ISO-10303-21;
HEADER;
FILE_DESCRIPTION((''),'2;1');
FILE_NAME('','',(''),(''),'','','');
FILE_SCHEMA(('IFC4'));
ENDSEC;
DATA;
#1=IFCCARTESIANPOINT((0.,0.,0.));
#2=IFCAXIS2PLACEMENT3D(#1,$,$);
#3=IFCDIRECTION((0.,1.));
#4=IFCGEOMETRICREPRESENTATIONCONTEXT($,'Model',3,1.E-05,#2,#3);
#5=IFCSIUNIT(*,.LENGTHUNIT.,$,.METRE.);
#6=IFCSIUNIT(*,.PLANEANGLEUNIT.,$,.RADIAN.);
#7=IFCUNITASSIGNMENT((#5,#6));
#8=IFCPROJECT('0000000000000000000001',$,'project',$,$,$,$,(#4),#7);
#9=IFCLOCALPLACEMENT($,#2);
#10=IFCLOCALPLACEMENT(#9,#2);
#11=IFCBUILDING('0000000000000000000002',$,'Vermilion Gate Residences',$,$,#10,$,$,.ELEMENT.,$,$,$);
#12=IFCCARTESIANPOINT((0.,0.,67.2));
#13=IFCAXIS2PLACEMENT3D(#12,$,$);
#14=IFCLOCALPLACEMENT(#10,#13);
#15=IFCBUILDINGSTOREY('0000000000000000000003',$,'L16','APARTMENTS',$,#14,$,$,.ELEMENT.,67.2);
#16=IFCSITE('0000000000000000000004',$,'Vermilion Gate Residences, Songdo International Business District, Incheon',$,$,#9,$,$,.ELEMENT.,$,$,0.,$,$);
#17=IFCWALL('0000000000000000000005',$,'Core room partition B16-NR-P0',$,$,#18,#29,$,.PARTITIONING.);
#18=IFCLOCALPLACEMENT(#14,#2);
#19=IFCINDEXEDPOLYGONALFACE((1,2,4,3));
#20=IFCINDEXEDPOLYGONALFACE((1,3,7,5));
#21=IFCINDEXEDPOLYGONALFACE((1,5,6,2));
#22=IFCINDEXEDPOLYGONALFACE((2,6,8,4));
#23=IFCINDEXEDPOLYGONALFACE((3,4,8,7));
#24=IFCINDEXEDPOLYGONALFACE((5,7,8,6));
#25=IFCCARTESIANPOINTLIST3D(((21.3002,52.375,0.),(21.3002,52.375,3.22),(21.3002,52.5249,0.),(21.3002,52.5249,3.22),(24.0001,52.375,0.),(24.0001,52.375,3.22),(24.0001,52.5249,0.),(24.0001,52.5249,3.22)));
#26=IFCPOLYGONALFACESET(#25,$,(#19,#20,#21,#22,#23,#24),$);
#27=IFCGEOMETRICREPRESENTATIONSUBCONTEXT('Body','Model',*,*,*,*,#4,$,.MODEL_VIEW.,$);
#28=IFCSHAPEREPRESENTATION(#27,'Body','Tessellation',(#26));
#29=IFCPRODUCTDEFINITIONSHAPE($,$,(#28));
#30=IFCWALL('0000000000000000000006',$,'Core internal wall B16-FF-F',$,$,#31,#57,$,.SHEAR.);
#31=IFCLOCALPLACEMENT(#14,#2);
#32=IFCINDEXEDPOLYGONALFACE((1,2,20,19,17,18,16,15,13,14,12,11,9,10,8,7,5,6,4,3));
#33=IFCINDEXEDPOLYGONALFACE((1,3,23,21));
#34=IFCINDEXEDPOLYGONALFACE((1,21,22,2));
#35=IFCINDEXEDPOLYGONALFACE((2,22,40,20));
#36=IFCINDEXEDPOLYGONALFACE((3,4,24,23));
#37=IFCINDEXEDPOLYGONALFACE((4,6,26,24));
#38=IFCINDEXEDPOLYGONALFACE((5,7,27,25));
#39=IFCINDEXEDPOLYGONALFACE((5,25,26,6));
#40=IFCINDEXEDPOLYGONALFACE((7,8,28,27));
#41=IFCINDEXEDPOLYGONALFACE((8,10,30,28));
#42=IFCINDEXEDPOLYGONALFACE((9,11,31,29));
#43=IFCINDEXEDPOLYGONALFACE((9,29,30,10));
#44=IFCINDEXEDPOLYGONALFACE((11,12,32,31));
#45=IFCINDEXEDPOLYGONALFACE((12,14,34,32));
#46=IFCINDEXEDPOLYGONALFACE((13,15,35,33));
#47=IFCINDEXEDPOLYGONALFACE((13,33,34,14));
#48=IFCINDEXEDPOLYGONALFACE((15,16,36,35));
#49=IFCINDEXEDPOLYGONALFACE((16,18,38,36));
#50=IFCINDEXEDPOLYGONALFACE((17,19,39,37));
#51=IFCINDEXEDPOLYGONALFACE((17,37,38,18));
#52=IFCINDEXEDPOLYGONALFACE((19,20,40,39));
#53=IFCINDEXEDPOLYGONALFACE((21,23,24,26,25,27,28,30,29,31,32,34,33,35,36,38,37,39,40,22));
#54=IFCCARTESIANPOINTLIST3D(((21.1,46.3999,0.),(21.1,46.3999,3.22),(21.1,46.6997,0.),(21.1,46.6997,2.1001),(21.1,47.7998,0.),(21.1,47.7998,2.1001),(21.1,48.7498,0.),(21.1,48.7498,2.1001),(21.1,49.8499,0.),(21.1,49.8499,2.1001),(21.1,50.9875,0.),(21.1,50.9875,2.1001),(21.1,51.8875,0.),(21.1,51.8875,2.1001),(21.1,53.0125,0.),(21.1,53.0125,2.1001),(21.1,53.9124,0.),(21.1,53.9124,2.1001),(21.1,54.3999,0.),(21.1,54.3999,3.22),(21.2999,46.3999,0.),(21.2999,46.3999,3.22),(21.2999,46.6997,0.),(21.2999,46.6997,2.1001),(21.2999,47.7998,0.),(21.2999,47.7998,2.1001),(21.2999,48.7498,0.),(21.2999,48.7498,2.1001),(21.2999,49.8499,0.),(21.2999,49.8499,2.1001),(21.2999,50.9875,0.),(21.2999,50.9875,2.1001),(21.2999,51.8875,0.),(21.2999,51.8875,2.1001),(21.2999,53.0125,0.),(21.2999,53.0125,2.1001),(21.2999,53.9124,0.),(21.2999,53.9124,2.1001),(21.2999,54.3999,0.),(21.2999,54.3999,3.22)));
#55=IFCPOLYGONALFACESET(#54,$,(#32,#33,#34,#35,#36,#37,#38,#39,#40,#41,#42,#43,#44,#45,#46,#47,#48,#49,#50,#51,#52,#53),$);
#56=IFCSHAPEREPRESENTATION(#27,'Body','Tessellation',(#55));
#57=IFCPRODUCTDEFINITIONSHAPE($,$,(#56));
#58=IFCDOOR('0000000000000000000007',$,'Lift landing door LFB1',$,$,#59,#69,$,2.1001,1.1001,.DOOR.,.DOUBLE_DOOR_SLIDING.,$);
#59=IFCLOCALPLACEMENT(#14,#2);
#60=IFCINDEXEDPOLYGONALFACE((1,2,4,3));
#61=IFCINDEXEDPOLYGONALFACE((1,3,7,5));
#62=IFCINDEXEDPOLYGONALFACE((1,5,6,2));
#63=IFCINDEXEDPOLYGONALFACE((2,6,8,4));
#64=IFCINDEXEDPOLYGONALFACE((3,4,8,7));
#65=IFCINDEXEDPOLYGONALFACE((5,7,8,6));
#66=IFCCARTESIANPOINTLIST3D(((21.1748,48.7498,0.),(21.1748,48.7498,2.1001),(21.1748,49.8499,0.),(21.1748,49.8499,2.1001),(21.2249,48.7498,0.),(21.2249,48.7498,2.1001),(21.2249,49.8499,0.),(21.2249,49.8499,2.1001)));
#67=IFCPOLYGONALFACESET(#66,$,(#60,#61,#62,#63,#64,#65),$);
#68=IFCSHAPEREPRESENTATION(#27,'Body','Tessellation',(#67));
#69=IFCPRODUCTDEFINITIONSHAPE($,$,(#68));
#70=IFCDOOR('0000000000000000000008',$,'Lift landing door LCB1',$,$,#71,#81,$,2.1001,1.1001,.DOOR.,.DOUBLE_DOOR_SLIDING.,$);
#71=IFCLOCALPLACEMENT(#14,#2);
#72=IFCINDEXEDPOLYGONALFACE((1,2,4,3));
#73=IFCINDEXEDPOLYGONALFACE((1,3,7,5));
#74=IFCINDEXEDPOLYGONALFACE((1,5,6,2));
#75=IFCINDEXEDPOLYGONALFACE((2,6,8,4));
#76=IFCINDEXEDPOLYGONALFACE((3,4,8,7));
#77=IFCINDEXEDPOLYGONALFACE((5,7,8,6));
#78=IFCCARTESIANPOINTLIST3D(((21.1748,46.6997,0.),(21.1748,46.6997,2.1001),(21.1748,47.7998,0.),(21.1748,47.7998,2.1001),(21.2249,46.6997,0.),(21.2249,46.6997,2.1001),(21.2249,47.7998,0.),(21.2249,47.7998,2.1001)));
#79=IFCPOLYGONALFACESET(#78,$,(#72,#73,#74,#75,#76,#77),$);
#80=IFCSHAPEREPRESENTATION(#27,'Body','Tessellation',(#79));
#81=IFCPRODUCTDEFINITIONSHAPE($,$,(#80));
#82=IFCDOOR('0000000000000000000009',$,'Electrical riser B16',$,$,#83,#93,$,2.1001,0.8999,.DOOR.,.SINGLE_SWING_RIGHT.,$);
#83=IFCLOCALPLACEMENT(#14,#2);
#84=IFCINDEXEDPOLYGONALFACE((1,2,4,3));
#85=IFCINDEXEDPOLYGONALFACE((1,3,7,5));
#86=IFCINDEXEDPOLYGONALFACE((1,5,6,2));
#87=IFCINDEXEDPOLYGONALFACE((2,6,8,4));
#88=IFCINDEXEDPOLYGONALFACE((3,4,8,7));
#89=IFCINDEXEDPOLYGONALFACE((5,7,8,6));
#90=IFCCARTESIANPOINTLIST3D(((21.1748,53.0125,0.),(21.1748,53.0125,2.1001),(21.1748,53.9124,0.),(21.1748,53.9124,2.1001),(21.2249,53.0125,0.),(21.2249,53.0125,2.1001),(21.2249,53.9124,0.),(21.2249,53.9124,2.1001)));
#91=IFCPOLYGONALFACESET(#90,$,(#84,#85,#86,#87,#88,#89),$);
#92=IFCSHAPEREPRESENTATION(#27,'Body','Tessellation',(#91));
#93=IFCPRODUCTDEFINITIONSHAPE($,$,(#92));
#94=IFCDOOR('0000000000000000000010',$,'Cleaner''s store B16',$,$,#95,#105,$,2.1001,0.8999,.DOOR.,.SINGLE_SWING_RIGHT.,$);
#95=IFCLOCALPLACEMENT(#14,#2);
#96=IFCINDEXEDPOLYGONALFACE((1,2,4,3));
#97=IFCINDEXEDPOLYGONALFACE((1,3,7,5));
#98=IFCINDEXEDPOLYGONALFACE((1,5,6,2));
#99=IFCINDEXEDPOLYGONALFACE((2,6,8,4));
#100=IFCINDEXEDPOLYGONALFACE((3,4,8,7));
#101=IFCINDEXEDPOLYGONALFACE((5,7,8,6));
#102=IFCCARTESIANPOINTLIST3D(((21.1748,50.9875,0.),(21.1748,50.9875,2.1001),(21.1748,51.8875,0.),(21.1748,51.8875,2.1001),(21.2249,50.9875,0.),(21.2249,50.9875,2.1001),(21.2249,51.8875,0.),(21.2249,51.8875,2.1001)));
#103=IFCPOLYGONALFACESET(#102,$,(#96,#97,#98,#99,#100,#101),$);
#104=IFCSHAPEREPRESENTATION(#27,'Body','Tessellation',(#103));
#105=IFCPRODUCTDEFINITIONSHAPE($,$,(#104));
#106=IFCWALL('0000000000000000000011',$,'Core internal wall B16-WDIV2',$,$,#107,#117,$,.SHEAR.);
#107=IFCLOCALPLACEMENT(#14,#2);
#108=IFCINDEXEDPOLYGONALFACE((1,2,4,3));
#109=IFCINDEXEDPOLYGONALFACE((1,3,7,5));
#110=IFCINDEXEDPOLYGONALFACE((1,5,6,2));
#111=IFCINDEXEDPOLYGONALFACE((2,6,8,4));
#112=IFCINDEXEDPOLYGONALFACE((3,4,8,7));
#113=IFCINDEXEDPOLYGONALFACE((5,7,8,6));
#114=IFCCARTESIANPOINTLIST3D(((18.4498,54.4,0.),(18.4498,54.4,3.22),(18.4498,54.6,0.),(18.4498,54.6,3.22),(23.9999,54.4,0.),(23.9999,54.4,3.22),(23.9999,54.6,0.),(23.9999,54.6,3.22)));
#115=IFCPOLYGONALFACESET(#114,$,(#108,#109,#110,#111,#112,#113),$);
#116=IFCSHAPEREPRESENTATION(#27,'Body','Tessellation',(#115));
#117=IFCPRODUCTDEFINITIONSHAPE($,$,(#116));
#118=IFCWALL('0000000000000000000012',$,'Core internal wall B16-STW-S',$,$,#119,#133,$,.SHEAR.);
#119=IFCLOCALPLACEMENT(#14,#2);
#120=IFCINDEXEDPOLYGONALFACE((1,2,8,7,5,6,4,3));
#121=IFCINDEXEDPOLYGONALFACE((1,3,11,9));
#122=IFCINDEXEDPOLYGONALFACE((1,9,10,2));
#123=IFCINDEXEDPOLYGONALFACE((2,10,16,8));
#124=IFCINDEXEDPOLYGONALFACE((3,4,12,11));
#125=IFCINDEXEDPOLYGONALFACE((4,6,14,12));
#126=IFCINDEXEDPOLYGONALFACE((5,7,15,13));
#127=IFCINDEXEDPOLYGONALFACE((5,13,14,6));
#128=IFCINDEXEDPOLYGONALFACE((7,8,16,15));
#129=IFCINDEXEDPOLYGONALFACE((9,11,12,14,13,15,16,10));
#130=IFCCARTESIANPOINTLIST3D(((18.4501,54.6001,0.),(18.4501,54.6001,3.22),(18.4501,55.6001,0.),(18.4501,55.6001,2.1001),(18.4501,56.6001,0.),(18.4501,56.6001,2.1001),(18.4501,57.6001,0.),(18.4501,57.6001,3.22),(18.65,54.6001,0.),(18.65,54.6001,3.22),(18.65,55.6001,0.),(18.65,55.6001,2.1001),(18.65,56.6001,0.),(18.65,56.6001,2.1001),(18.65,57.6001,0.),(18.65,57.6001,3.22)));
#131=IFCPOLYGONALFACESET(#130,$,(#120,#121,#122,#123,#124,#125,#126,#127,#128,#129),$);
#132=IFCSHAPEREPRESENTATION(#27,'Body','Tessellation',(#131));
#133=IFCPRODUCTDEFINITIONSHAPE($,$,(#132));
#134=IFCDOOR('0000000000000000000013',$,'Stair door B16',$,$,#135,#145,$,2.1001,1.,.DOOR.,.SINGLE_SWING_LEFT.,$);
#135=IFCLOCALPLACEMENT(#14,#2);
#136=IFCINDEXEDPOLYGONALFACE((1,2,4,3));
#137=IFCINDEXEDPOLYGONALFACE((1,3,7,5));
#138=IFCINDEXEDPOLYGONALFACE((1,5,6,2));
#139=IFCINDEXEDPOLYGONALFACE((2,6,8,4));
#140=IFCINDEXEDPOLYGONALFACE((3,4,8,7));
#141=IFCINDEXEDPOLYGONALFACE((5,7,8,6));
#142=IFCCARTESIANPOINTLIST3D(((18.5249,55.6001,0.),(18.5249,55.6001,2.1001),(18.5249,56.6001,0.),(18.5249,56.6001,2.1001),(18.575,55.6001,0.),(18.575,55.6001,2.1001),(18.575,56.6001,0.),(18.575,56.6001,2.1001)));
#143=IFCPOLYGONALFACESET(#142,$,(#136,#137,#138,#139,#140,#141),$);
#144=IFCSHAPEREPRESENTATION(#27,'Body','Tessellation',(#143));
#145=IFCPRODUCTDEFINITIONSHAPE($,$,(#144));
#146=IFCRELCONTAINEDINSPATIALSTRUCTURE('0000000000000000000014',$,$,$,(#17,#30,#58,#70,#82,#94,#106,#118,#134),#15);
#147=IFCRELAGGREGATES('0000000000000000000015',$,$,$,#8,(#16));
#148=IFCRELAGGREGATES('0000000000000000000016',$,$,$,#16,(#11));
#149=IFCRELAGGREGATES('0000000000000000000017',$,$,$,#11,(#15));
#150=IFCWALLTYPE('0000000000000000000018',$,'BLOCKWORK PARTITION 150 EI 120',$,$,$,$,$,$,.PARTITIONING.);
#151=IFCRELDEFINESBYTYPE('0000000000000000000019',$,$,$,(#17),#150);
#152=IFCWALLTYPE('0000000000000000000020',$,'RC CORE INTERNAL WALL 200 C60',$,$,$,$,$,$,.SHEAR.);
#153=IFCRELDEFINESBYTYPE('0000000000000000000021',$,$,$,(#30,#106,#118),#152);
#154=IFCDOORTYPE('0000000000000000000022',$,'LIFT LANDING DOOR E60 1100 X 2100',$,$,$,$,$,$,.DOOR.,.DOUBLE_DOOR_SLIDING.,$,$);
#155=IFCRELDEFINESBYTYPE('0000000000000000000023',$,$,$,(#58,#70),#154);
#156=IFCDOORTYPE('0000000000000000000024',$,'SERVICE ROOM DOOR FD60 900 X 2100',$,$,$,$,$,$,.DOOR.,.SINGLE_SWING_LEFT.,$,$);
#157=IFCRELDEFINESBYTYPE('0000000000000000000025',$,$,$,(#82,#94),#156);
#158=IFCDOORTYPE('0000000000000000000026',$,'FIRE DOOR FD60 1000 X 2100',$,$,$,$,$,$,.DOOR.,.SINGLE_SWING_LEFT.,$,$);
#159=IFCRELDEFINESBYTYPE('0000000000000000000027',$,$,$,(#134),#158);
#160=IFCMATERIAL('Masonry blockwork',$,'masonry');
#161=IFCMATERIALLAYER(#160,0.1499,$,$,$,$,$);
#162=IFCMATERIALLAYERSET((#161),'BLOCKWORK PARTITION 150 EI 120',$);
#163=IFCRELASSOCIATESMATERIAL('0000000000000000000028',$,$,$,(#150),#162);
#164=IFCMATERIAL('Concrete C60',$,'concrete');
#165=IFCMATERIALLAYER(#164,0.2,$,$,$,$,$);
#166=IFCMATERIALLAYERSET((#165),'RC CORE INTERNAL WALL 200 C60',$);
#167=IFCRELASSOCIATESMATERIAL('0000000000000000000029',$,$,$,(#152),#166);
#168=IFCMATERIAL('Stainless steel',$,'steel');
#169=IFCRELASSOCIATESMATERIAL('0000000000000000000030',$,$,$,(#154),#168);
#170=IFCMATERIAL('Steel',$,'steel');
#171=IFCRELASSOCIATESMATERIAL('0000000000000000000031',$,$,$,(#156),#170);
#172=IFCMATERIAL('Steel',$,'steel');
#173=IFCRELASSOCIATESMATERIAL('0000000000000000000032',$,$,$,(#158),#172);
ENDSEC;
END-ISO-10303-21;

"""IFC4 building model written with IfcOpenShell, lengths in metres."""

from ifc_helpers import new_model, si_unit, direction, frame, frame_2d, origin, place, context, subcontext, project, spatial, rectangle, extrude, material, layer, layer_set, type_object, element, fill, save


model = new_model("IFC4")

# Units and contexts
model_context = context("Model", 3, precision=1e-05, world=origin(), true_north=direction((0.0, 1.0)))
body_context = subcontext(model_context, "Body", "Model", "MODEL_VIEW")
ifc_project = project(units=[si_unit("LENGTHUNIT", "METRE"), si_unit("PLANEANGLEUNIT", "RADIAN")], contexts=[model_context])

# Site, building, storey
site_placement = place(None, origin())
site = spatial("IfcSite", under=ifc_project, at=site_placement, Name="Vermilion Gate Residences, Songdo International Business District, Incheon", CompositionType="ELEMENT", RefElevation=0.0)
building_placement = place(site_placement, origin())
building = spatial("IfcBuilding", under=site, at=building_placement, Name="Vermilion Gate Residences", CompositionType="ELEMENT")
storey_placement = place(building_placement, frame((0.0, 0.0, 67.2)))
storey = spatial("IfcBuildingStorey", under=building, at=storey_placement, Name="L16", Description="APARTMENTS", CompositionType="ELEMENT", Elevation=67.2)

# Wall
ifc_material_1 = material(Name="Masonry blockwork", Category="masonry")
ifc_layer_1 = layer(ifc_material_1, 0.1499)
ifc_layer_set_1 = layer_set([ifc_layer_1], Name="BLOCKWORK PARTITION 150 EI 120")
wall_type_1 = type_object("IfcWallType", Name="BLOCKWORK PARTITION 150 EI 120", PredefinedType="PARTITIONING", material=ifc_layer_set_1)
wall_1_placement = place(storey_placement, frame((21.3, 52.45, 0.0), z_axis=(0.0, 0.0, 1.0), x_axis=(1.0, 0.0, 0.0)))
element("IfcWall", 1, at=wall_1_placement, inside=storey, type_object=wall_type_1, Name="Core room partition B16-NR-P0", PredefinedType="PARTITIONING", context=body_context, shape_type="SweptSolid", body=[
    extrude(rectangle(XDim=2.7, YDim=0.1499, at=frame_2d((1.3501, 0.0))), origin(), (0.0, 0.0, 1.0), 3.22),
])

# Wall, openings, doors
ifc_material_2 = material(Name="Concrete C60", Category="concrete")
ifc_layer_2 = layer(ifc_material_2, 0.2)
ifc_layer_set_2 = layer_set([ifc_layer_2], Name="RC CORE INTERNAL WALL 200 C60")
wall_type_2 = type_object("IfcWallType", Name="RC CORE INTERNAL WALL 200 C60", PredefinedType="SHEAR", material=ifc_layer_set_2)
wall_2_placement = place(storey_placement, frame((21.2, 54.3999, 0.0), z_axis=(0.0, 0.0, 1.0), x_axis=(0.0, -1.0, 0.0)))
wall_2 = element("IfcWall", 2, at=wall_2_placement, inside=storey, type_object=wall_type_2, Name="Core internal wall B16-FF-F", PredefinedType="SHEAR", context=body_context, shape_type="SweptSolid", body=[
    extrude(rectangle(XDim=8.0, YDim=0.2, at=frame_2d((4.0, 0.0))), origin(), (0.0, 0.0, 1.0), 3.22),
])
opening_1_placement = place(wall_2_placement, frame((0.4875, 0.0, 0.0)))
opening_1 = element("IfcOpeningElement", 3, at=opening_1_placement, cuts=wall_2, PredefinedType="OPENING", context=body_context, shape_type="SweptSolid", body=[
    extrude(rectangle(XDim=0.8999, YDim=2.1001, at=frame_2d((0.45, 1.05))), frame((0.0, 0.1099, 0.0), z_axis=(0.0, -1.0, 0.0), x_axis=(1.0, 0.0, 0.0)), (0.0, 0.0, 1.0), 0.22),
])
opening_2_placement = place(wall_2_placement, frame((2.5125, 0.0, 0.0)))
opening_2 = element("IfcOpeningElement", 4, at=opening_2_placement, cuts=wall_2, PredefinedType="OPENING", context=body_context, shape_type="SweptSolid", body=[
    extrude(rectangle(XDim=0.8999, YDim=2.1001, at=frame_2d((0.45, 1.05))), frame((0.0, 0.1099, 0.0), z_axis=(0.0, -1.0, 0.0), x_axis=(1.0, 0.0, 0.0)), (0.0, 0.0, 1.0), 0.22),
])
opening_3_placement = place(wall_2_placement, frame((4.55, 0.0, 0.0)))
opening_3 = element("IfcOpeningElement", 5, at=opening_3_placement, cuts=wall_2, PredefinedType="OPENING", context=body_context, shape_type="SweptSolid", body=[
    extrude(rectangle(XDim=1.1001, YDim=2.1001, at=frame_2d((0.55, 1.05))), frame((0.0, 0.1099, 0.0), z_axis=(0.0, -1.0, 0.0), x_axis=(1.0, 0.0, 0.0)), (0.0, 0.0, 1.0), 0.22),
])
opening_4_placement = place(wall_2_placement, frame((6.6001, 0.0, 0.0)))
opening_4 = element("IfcOpeningElement", 6, at=opening_4_placement, cuts=wall_2, PredefinedType="OPENING", context=body_context, shape_type="SweptSolid", body=[
    extrude(rectangle(XDim=1.1001, YDim=2.1001, at=frame_2d((0.55, 1.05))), frame((0.0, 0.1099, 0.0), z_axis=(0.0, -1.0, 0.0), x_axis=(1.0, 0.0, 0.0)), (0.0, 0.0, 1.0), 0.22),
])
ifc_material_3 = material(Name="Stainless steel", Category="steel")
door_type_1 = type_object("IfcDoorType", Name="LIFT LANDING DOOR E60 1100 X 2100", OperationType="DOUBLE_DOOR_SLIDING", PredefinedType="DOOR", material=ifc_material_3)
door_1_placement = place(opening_3_placement, origin())
door_1 = element("IfcDoor", 7, at=door_1_placement, inside=storey, type_object=door_type_1, Name="Lift landing door LFB1", OperationType="DOUBLE_DOOR_SLIDING", OverallHeight=2.1001, OverallWidth=1.1001, PredefinedType="DOOR", context=body_context, shape_type="SweptSolid", body=[
    extrude(rectangle(XDim=1.1001, YDim=2.1001, at=frame_2d((0.55, 1.05))), frame((0.0, 0.0249, 0.0), z_axis=(0.0, -1.0, 0.0), x_axis=(1.0, 0.0, 0.0)), (0.0, 0.0, 1.0), 0.05),
])
fill(opening_3, door_1)
door_2_placement = place(opening_4_placement, origin())
door_2 = element("IfcDoor", 8, at=door_2_placement, inside=storey, type_object=door_type_1, Name="Lift landing door LCB1", OperationType="DOUBLE_DOOR_SLIDING", OverallHeight=2.1001, OverallWidth=1.1001, PredefinedType="DOOR", context=body_context, shape_type="SweptSolid", body=[
    extrude(rectangle(XDim=1.1001, YDim=2.1001, at=frame_2d((0.55, 1.05))), frame((0.0, 0.0249, 0.0), z_axis=(0.0, -1.0, 0.0), x_axis=(1.0, 0.0, 0.0)), (0.0, 0.0, 1.0), 0.05),
])
fill(opening_4, door_2)
ifc_material_4 = material(Name="Steel", Category="steel")
door_type_2 = type_object("IfcDoorType", Name="SERVICE ROOM DOOR FD60 900 X 2100", OperationType="SINGLE_SWING_LEFT", PredefinedType="DOOR", material=ifc_material_4)
door_3_placement = place(opening_1_placement, origin())
door_3 = element("IfcDoor", 9, at=door_3_placement, inside=storey, type_object=door_type_2, Name="Electrical riser B16", OperationType="SINGLE_SWING_RIGHT", OverallHeight=2.1001, OverallWidth=0.8999, PredefinedType="DOOR", context=body_context, shape_type="SweptSolid", body=[
    extrude(rectangle(XDim=0.8999, YDim=2.1001, at=frame_2d((0.45, 1.05))), frame((0.0, 0.0249, 0.0), z_axis=(0.0, -1.0, 0.0), x_axis=(1.0, 0.0, 0.0)), (0.0, 0.0, 1.0), 0.05),
])
fill(opening_1, door_3)
door_4_placement = place(opening_2_placement, origin())
door_4 = element("IfcDoor", 10, at=door_4_placement, inside=storey, type_object=door_type_2, Name="Cleaner's store B16", OperationType="SINGLE_SWING_RIGHT", OverallHeight=2.1001, OverallWidth=0.8999, PredefinedType="DOOR", context=body_context, shape_type="SweptSolid", body=[
    extrude(rectangle(XDim=0.8999, YDim=2.1001, at=frame_2d((0.45, 1.05))), frame((0.0, 0.0249, 0.0), z_axis=(0.0, -1.0, 0.0), x_axis=(1.0, 0.0, 0.0)), (0.0, 0.0, 1.0), 0.05),
])
fill(opening_2, door_4)

# Wall
wall_3_placement = place(storey_placement, frame((18.45, 54.5, 0.0), z_axis=(0.0, 0.0, 1.0), x_axis=(1.0, 0.0, 0.0)))
element("IfcWall", 11, at=wall_3_placement, inside=storey, type_object=wall_type_2, Name="Core internal wall B16-WDIV2", PredefinedType="SHEAR", context=body_context, shape_type="SweptSolid", body=[
    extrude(rectangle(XDim=5.55, YDim=0.2, at=frame_2d((2.7749, 0.0))), origin(), (0.0, 0.0, 1.0), 3.22),
])

# Wall, opening, door
wall_4_placement = place(storey_placement, frame((18.55, 57.6001, 0.0), z_axis=(0.0, 0.0, 1.0), x_axis=(0.0, -1.0, 0.0)))
wall_4 = element("IfcWall", 12, at=wall_4_placement, inside=storey, type_object=wall_type_2, Name="Core internal wall B16-STW-S", PredefinedType="SHEAR", context=body_context, shape_type="SweptSolid", body=[
    extrude(rectangle(XDim=3.0, YDim=0.2, at=frame_2d((1.5, 0.0))), origin(), (0.0, 0.0, 1.0), 3.22),
])
opening_5_placement = place(wall_4_placement, frame((1.0, 0.0, 0.0)))
opening_5 = element("IfcOpeningElement", 13, at=opening_5_placement, cuts=wall_4, PredefinedType="OPENING", context=body_context, shape_type="SweptSolid", body=[
    extrude(rectangle(XDim=1.0, YDim=2.1001, at=frame_2d((0.5, 1.05))), frame((0.0, 0.1099, 0.0), z_axis=(0.0, -1.0, 0.0), x_axis=(1.0, 0.0, 0.0)), (0.0, 0.0, 1.0), 0.22),
])
ifc_material_5 = material(Name="Steel", Category="steel")
door_type_3 = type_object("IfcDoorType", Name="FIRE DOOR FD60 1000 X 2100", OperationType="SINGLE_SWING_LEFT", PredefinedType="DOOR", material=ifc_material_5)
door_5_placement = place(opening_5_placement, origin())
door_5 = element("IfcDoor", 14, at=door_5_placement, inside=storey, type_object=door_type_3, Name="Stair door B16", OperationType="SINGLE_SWING_LEFT", OverallHeight=2.1001, OverallWidth=1.0, PredefinedType="DOOR", context=body_context, shape_type="SweptSolid", body=[
    extrude(rectangle(XDim=1.0, YDim=2.1001, at=frame_2d((0.5, 1.05))), frame((0.0, 0.0249, 0.0), z_axis=(0.0, -1.0, 0.0), x_axis=(1.0, 0.0, 0.0)), (0.0, 0.0, 1.0), 0.05),
])
fill(opening_5, door_5)

save(model, "model.ifc")
